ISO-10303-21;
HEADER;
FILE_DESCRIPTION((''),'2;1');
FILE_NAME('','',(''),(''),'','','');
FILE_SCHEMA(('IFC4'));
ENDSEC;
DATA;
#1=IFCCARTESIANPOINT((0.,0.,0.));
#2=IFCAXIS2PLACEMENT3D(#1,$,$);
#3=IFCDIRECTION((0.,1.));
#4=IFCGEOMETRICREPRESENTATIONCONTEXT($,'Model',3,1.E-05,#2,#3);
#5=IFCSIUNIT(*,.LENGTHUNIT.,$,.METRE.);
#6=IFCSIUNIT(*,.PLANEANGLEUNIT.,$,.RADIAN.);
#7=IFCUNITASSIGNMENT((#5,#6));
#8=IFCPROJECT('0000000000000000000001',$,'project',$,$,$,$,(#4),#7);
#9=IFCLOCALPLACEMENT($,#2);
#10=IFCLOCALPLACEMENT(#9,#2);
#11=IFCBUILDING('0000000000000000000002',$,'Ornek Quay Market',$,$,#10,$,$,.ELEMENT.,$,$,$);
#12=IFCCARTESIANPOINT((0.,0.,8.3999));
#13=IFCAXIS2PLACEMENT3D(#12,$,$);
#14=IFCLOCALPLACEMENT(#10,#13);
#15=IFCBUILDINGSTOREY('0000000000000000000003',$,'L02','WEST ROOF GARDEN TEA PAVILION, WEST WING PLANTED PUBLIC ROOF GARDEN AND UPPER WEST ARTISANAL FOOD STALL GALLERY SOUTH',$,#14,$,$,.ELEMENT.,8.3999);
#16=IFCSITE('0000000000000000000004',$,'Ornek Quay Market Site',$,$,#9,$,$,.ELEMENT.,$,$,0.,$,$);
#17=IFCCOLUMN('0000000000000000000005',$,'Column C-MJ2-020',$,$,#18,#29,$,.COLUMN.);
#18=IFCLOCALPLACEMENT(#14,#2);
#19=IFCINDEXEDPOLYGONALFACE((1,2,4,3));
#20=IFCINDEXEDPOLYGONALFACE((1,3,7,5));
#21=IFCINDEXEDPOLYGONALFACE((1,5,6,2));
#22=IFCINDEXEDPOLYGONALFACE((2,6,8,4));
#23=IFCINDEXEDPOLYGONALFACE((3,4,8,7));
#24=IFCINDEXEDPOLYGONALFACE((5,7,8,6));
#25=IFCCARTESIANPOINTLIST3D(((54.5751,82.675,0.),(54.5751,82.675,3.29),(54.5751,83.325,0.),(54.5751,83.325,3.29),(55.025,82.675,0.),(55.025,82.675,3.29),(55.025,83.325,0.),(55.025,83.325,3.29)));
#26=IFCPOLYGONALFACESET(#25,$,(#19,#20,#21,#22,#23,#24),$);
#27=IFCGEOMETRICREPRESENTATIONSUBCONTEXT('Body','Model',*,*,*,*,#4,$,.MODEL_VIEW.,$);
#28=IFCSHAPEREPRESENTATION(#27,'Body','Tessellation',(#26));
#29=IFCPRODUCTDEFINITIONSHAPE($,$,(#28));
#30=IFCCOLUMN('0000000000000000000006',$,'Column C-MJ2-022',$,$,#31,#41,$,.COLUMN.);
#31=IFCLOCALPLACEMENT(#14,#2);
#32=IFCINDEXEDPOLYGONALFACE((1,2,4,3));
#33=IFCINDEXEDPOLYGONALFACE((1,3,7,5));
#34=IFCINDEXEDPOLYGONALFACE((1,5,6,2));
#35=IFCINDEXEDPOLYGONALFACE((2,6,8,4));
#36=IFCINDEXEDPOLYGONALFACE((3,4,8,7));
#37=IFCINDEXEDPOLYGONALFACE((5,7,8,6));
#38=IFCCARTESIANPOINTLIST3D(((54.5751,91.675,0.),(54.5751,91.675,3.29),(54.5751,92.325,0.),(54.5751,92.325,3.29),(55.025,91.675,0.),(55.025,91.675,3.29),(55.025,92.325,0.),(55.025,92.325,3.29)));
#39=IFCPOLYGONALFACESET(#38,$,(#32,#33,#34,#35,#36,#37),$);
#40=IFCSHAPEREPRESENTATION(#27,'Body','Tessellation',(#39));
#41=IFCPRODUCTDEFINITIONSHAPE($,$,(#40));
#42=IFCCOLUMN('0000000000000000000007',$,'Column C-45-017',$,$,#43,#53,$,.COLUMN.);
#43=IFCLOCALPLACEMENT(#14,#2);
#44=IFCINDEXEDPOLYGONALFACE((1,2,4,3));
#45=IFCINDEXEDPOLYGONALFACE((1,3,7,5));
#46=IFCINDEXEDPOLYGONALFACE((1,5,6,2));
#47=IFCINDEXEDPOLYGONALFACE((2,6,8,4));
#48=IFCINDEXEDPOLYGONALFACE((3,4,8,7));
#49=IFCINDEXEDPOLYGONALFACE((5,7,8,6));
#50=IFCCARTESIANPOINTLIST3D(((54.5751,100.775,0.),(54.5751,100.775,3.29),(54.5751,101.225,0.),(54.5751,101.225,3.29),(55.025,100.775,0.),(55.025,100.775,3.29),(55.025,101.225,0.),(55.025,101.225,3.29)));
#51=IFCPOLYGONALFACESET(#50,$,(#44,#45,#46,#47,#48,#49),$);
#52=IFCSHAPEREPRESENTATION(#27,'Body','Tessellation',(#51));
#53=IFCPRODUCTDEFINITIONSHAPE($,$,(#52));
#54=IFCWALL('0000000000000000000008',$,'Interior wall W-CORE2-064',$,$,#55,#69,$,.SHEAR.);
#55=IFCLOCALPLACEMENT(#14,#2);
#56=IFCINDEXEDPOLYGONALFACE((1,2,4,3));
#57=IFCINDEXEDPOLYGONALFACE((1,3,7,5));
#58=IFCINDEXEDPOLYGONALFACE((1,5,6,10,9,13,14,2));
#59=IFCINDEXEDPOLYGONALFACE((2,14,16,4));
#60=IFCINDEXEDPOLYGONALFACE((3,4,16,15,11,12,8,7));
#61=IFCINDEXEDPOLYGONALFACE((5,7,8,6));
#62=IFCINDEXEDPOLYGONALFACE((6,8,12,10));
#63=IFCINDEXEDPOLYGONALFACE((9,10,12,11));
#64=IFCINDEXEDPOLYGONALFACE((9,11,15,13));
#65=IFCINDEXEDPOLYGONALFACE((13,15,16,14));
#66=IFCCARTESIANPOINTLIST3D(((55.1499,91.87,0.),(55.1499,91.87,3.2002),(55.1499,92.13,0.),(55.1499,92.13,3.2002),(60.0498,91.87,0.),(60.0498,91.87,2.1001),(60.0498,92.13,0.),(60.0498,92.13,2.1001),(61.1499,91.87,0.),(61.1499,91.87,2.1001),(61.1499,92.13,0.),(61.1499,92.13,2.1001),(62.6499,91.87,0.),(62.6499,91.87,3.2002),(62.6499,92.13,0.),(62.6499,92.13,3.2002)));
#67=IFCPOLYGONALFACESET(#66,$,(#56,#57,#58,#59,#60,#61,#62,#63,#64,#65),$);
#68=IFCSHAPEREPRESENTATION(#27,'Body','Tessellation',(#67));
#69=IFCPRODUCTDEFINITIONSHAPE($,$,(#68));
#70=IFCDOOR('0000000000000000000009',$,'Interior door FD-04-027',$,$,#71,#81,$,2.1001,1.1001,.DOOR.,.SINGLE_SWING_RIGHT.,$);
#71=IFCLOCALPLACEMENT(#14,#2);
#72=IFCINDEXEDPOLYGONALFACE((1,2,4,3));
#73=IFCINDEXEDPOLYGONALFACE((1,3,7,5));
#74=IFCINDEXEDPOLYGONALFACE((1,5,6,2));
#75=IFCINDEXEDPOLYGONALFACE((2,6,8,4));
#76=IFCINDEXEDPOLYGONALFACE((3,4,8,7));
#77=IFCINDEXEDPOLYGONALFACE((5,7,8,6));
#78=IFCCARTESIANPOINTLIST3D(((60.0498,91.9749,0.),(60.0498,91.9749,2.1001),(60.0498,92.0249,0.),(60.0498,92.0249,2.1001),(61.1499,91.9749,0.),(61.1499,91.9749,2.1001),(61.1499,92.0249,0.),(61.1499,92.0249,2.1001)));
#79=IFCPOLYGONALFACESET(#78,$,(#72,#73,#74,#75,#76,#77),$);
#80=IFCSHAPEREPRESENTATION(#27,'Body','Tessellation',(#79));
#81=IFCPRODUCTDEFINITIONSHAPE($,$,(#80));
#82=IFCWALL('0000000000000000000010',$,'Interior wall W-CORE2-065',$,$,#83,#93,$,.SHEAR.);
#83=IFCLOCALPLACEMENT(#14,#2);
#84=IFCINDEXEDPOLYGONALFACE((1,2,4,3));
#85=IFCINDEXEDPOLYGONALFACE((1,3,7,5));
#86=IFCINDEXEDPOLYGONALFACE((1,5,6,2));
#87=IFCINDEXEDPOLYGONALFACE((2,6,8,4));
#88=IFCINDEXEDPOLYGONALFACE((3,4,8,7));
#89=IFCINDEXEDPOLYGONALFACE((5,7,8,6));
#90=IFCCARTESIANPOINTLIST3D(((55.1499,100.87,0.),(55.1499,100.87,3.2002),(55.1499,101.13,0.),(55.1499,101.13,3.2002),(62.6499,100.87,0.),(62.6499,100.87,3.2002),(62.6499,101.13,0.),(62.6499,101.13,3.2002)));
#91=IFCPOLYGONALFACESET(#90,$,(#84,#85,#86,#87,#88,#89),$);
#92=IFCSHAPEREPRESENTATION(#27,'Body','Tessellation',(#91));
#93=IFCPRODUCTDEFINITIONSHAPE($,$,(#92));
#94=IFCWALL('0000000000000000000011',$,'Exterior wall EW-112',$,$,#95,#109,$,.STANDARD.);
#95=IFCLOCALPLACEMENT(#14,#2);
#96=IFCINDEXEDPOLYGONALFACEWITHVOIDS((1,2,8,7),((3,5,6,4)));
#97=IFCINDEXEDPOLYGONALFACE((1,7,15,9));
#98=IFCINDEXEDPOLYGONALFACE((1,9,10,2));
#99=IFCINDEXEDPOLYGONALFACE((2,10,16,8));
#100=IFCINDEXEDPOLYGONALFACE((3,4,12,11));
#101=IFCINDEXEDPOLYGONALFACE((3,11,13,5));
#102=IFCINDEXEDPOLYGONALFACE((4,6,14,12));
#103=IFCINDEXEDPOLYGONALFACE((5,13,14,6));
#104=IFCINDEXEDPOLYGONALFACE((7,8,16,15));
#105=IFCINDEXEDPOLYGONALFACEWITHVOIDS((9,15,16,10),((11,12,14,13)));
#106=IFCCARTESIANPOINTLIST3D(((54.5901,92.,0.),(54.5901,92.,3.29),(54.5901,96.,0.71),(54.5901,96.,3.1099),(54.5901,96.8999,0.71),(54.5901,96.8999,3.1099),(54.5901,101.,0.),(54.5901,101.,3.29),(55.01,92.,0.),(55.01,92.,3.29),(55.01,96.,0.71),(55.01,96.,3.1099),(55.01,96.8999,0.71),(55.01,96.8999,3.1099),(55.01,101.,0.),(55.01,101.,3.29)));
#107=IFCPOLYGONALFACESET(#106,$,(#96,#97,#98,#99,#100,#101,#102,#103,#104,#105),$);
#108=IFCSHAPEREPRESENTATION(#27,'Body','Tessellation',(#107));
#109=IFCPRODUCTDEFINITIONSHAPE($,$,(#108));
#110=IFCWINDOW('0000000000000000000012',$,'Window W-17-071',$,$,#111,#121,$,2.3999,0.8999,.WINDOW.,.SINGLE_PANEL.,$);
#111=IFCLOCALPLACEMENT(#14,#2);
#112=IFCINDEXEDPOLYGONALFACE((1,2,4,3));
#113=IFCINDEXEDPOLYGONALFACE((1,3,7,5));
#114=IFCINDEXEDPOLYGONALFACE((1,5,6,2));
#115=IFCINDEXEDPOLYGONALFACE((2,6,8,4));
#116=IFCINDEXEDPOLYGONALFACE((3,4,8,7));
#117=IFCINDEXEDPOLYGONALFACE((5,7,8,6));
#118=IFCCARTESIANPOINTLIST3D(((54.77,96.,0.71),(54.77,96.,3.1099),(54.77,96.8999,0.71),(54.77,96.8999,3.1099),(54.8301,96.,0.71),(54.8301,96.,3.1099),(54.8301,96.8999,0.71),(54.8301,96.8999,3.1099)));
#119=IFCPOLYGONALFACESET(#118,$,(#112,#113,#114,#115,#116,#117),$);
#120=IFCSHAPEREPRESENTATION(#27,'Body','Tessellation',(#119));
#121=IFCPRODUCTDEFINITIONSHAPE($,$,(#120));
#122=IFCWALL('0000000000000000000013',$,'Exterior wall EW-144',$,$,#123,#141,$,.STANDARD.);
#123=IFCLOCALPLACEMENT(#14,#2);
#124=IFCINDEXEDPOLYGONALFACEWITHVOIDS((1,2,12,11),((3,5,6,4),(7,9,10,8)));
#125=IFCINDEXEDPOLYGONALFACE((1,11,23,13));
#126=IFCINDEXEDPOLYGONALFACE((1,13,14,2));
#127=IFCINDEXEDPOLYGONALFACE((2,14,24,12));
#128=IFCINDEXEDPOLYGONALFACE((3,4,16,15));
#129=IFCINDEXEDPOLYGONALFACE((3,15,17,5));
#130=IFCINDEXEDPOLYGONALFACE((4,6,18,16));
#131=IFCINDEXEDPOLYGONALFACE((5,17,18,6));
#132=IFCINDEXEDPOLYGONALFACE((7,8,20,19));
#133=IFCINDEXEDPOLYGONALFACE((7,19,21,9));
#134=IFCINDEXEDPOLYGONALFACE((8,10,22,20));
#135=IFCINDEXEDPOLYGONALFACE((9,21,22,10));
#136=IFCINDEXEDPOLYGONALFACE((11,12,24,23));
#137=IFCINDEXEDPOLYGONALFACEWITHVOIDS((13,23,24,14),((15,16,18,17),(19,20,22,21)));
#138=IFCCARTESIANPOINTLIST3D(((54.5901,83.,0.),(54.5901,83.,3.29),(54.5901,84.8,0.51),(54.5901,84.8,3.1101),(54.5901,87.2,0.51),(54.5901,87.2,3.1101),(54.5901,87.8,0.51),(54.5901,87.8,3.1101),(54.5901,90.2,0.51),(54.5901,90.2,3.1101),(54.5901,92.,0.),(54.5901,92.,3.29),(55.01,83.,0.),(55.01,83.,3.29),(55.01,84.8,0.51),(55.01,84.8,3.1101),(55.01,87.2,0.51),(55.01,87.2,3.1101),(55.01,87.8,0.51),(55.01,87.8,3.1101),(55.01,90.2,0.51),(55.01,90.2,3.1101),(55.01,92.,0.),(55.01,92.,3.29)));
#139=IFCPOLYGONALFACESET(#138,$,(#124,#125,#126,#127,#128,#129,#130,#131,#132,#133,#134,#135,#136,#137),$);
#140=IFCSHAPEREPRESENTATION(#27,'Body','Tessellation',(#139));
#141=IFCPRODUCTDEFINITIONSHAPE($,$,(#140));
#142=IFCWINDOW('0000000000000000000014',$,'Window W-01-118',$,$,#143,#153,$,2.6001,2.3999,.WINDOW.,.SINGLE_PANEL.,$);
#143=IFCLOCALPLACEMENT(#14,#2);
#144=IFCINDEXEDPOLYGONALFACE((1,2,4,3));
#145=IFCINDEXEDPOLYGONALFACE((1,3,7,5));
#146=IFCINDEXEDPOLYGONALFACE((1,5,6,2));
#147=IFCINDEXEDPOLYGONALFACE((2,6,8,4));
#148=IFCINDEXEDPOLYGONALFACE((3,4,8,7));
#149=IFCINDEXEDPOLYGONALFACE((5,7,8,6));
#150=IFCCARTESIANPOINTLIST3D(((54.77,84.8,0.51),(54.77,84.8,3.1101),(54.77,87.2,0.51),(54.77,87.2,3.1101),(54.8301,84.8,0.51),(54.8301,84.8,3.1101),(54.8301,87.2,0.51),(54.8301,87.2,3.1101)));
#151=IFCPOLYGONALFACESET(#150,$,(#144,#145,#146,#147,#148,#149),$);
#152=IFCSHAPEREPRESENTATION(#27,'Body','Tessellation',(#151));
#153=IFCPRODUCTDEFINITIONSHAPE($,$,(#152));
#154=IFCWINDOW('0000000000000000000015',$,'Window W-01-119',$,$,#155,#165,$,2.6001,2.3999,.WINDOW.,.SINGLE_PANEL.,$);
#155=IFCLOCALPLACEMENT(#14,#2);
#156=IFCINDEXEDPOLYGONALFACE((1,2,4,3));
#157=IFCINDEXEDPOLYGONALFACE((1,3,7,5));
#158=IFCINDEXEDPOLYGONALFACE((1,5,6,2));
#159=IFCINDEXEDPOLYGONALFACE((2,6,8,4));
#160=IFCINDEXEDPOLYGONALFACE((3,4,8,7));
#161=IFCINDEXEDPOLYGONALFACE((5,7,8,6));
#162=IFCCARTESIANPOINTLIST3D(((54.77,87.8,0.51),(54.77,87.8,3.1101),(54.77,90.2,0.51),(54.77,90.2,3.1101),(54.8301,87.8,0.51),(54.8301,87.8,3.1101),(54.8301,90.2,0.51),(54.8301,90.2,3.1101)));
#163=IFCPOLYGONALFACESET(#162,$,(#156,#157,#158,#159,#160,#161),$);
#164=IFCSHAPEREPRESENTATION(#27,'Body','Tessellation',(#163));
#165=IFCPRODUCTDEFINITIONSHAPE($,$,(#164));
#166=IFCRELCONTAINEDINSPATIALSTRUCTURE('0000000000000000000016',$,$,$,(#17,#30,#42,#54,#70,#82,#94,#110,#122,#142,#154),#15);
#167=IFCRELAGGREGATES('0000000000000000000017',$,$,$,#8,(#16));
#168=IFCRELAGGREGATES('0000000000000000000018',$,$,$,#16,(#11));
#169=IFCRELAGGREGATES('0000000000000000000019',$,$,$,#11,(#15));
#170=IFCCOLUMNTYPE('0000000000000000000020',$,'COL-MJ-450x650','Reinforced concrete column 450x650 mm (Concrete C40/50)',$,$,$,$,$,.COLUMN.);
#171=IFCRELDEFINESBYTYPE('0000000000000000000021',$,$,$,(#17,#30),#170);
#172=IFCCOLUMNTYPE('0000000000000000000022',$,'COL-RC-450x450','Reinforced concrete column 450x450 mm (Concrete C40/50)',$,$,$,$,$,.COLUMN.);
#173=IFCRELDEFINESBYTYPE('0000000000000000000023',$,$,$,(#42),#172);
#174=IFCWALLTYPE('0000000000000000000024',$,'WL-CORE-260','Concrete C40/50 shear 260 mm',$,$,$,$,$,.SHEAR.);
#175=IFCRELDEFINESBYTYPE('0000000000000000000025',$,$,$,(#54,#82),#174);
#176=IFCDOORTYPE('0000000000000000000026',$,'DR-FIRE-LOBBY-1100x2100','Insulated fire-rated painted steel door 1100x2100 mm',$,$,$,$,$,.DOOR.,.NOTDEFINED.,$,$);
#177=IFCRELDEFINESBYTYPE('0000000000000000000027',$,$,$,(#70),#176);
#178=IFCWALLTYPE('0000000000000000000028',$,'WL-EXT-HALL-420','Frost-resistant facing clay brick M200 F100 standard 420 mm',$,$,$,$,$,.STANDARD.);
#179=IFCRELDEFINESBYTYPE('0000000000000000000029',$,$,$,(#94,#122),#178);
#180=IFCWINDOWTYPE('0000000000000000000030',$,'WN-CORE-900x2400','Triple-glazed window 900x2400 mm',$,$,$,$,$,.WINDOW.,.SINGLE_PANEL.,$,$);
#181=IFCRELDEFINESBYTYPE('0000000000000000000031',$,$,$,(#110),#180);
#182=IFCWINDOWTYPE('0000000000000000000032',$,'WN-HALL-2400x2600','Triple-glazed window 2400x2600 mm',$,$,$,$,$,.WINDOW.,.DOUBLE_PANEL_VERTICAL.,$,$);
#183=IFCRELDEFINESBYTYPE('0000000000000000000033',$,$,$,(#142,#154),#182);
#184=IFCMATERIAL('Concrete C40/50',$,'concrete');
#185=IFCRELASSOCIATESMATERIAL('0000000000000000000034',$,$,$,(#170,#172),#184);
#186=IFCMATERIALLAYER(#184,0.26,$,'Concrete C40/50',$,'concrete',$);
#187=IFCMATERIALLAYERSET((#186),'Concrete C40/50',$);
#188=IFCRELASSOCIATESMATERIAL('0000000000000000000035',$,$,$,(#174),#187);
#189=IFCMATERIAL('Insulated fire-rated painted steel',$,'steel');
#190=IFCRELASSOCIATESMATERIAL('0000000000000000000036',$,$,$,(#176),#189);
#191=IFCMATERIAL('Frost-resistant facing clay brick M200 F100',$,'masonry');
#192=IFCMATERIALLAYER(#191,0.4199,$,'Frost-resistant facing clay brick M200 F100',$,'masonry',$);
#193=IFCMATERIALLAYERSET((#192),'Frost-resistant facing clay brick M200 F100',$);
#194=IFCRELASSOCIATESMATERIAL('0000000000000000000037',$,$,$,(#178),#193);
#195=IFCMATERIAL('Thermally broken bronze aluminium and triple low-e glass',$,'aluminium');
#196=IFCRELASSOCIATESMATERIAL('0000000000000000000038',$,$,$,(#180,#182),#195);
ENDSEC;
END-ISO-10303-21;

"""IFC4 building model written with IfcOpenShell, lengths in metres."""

from ifc_helpers import new_model, si_unit, direction, frame, frame_2d, origin, origin_2d, place, context, subcontext, project, spatial, rectangle, extrude, material, layer, layer_set, material_profile, profile_set, type_object, element, fill, save


model = new_model("IFC4")

# Units and contexts
model_context = context("Model", 3, precision=1e-05, world=origin(), true_north=direction((0.0, 1.0)))
body_context = subcontext(model_context, "Body", "Model", "MODEL_VIEW")
ifc_project = project(units=[si_unit("LENGTHUNIT", "METRE"), si_unit("PLANEANGLEUNIT", "RADIAN")], contexts=[model_context])

# Site, building, storey
site_placement = place(None, origin())
site = spatial("IfcSite", under=ifc_project, at=site_placement, Name="Ornek Quay Market Site", CompositionType="ELEMENT", RefElevation=0.0)
building_placement = place(site_placement, origin())
building = spatial("IfcBuilding", under=site, at=building_placement, Name="Ornek Quay Market", CompositionType="ELEMENT")
storey_placement = place(building_placement, frame((0.0, 0.0, 8.3999)))
storey = spatial("IfcBuildingStorey", under=building, at=storey_placement, Name="L02", Description="WEST ROOF GARDEN TEA PAVILION, WEST WING PLANTED PUBLIC ROOF GARDEN AND UPPER WEST ARTISANAL FOOD STALL GALLERY SOUTH", CompositionType="ELEMENT", Elevation=8.3999)

# Columns
ifc_material_1 = material(Name="Concrete C40/50", Category="concrete")
ifc_material_profile_1 = material_profile(ifc_material_1, rectangle(XDim=0.45, YDim=0.6499, at=origin_2d()), Name="RC 450x650", Category="concrete")
ifc_profile_set_1 = profile_set([ifc_material_profile_1], Name="Concrete C40/50")
column_type_1 = type_object("IfcColumnType", Name="COL-MJ-450x650", Description="Reinforced concrete column 450x650 mm (Concrete C40/50)", PredefinedType="COLUMN", material=ifc_profile_set_1)
for number, where, z_axis, x_axis, name in (
    (1, (54.8, 83.0, 0.0), (0.0, 0.0, 1.0), (1.0, 0.0, 0.0), "Column C-MJ2-020"),
    (2, (54.8, 92.0, 0.0), (0.0, 0.0, 1.0), (1.0, 0.0, 0.0), "Column C-MJ2-022"),
):
    element("IfcColumn", number, at=place(storey_placement, frame(where, z_axis=z_axis, x_axis=x_axis)), inside=storey, type_object=column_type_1, Name=name, PredefinedType="COLUMN", context=body_context, shape_type="SweptSolid", body=[
        extrude(rectangle(XDim=0.45, YDim=0.6499, at=origin_2d()), origin(), (0.0, 0.0, 1.0), 3.29),
    ])
ifc_material_profile_2 = material_profile(ifc_material_1, rectangle(XDim=0.45, YDim=0.45, at=origin_2d()), Name="RC 450x450", Category="concrete")
ifc_profile_set_2 = profile_set([ifc_material_profile_2], Name="Concrete C40/50")
column_type_2 = type_object("IfcColumnType", Name="COL-RC-450x450", Description="Reinforced concrete column 450x450 mm (Concrete C40/50)", PredefinedType="COLUMN", material=ifc_profile_set_2)
column_placement = place(storey_placement, frame((54.8, 101.0, 0.0), z_axis=(0.0, 0.0, 1.0), x_axis=(1.0, 0.0, 0.0)))
element("IfcColumn", 3, at=column_placement, inside=storey, type_object=column_type_2, Name="Column C-45-017", PredefinedType="COLUMN", context=body_context, shape_type="SweptSolid", body=[
    extrude(rectangle(XDim=0.45, YDim=0.45, at=origin_2d()), origin(), (0.0, 0.0, 1.0), 3.29),
])

# Wall, opening, door
ifc_layer_1 = layer(ifc_material_1, 0.26, Name="Concrete C40/50", Category="concrete")
ifc_layer_set_1 = layer_set([ifc_layer_1], Name="Concrete C40/50")
wall_type_1 = type_object("IfcWallType", Name="WL-CORE-260", Description="Concrete C40/50 shear 260 mm", PredefinedType="SHEAR", material=ifc_layer_set_1)
ifc_material_2 = material(Name="Insulated fire-rated painted steel", Category="steel")
wall_1_placement = place(storey_placement, frame((55.1499, 92.0, 0.0), z_axis=(0.0, 0.0, 1.0), x_axis=(1.0, 0.0, 0.0)))
wall_1 = element("IfcWall", 4, at=wall_1_placement, inside=storey, type_object=wall_type_1, Name="Interior wall W-CORE2-064", PredefinedType="SHEAR", context=body_context, shape_type="SweptSolid", body=[
    extrude(rectangle(XDim=7.5, YDim=0.26, at=frame_2d((3.75, 0.0))), origin(), (0.0, 0.0, 1.0), 3.2002),
])
opening_1_placement = place(wall_1_placement, frame((4.8999, 0.0, 0.0)))
opening_1 = element("IfcOpeningElement", 5, at=opening_1_placement, cuts=wall_1, PredefinedType="OPENING", context=body_context, shape_type="SweptSolid", body=[
    extrude(rectangle(XDim=1.1001, YDim=2.1001, at=frame_2d((0.55, 1.05))), frame((0.0, 0.1399, 0.0), z_axis=(0.0, -1.0, 0.0), x_axis=(1.0, 0.0, 0.0)), (0.0, 0.0, 1.0), 0.28),
])
door_type_1 = type_object("IfcDoorType", Name="DR-FIRE-LOBBY-1100x2100", Description="Insulated fire-rated painted steel door 1100x2100 mm", OperationType="NOTDEFINED", PredefinedType="DOOR", material=ifc_material_2)
door_1_placement = place(opening_1_placement, origin())
door_1 = element("IfcDoor", 6, at=door_1_placement, inside=storey, type_object=door_type_1, Name="Interior door FD-04-027", OperationType="SINGLE_SWING_RIGHT", OverallHeight=2.1001, OverallWidth=1.1001, PredefinedType="DOOR", context=body_context, shape_type="SweptSolid", body=[
    extrude(rectangle(XDim=1.1001, YDim=2.1001, at=frame_2d((0.55, 1.05))), frame((0.0, 0.0249, 0.0), z_axis=(0.0, -1.0, 0.0), x_axis=(1.0, 0.0, 0.0)), (0.0, 0.0, 1.0), 0.05),
])
fill(opening_1, door_1)

# Wall
wall_2_placement = place(storey_placement, frame((55.1499, 101.0, 0.0), z_axis=(0.0, 0.0, 1.0), x_axis=(1.0, 0.0, 0.0)))
element("IfcWall", 7, at=wall_2_placement, inside=storey, type_object=wall_type_1, Name="Interior wall W-CORE2-065", PredefinedType="SHEAR", context=body_context, shape_type="SweptSolid", body=[
    extrude(rectangle(XDim=7.5, YDim=0.26, at=frame_2d((3.75, 0.0))), origin(), (0.0, 0.0, 1.0), 3.2002),
])

# Wall, opening, window
ifc_material_3 = material(Name="Frost-resistant facing clay brick M200 F100", Category="masonry")
ifc_layer_2 = layer(ifc_material_3, 0.4199, Name="Frost-resistant facing clay brick M200 F100", Category="masonry")
ifc_layer_set_2 = layer_set([ifc_layer_2], Name="Frost-resistant facing clay brick M200 F100")
wall_type_2 = type_object("IfcWallType", Name="WL-EXT-HALL-420", Description="Frost-resistant facing clay brick M200 F100 standard 420 mm", PredefinedType="STANDARD", material=ifc_layer_set_2)
wall_3_placement = place(storey_placement, frame((54.8, 92.0, 0.0), z_axis=(0.0, 0.0, 1.0), x_axis=(0.0, 1.0, 0.0)))
wall_3 = element("IfcWall", 8, at=wall_3_placement, inside=storey, type_object=wall_type_2, Name="Exterior wall EW-112", PredefinedType="STANDARD", context=body_context, shape_type="SweptSolid", body=[
    extrude(rectangle(XDim=9.0, YDim=0.4199, at=frame_2d((4.5, 0.0))), origin(), (0.0, 0.0, 1.0), 3.29),
])
opening_2_placement = place(wall_3_placement, frame((4.0, 0.0, 0.71)))
opening_2 = element("IfcOpeningElement", 9, at=opening_2_placement, cuts=wall_3, PredefinedType="OPENING", context=body_context, shape_type="SweptSolid", body=[
    extrude(rectangle(XDim=0.8999, YDim=2.3999, at=frame_2d((0.45, 1.2))), frame((0.0, 0.22, 0.0), z_axis=(0.0, -1.0, 0.0), x_axis=(1.0, 0.0, 0.0)), (0.0, 0.0, 1.0), 0.4399),
])
ifc_material_4 = material(Name="Thermally broken bronze aluminium and triple low-e glass", Category="aluminium")
window_type_1 = type_object("IfcWindowType", Name="WN-CORE-900x2400", Description="Triple-glazed window 900x2400 mm", PartitioningType="SINGLE_PANEL", PredefinedType="WINDOW", material=ifc_material_4)
window_1_placement = place(opening_2_placement, origin())
window_1 = element("IfcWindow", 10, at=window_1_placement, inside=storey, type_object=window_type_1, Name="Window W-17-071", OverallHeight=2.3999, OverallWidth=0.8999, PartitioningType="SINGLE_PANEL", PredefinedType="WINDOW", context=body_context, shape_type="SweptSolid", body=[
    extrude(rectangle(XDim=0.8999, YDim=2.3999, at=frame_2d((0.45, 1.2))), frame((0.0, 0.03, 0.0), z_axis=(0.0, -1.0, 0.0), x_axis=(1.0, 0.0, 0.0)), (0.0, 0.0, 1.0), 0.0601),
])
fill(opening_2, window_1)

# Wall, openings, windows
wall_4_placement = place(storey_placement, frame((54.8, 83.0, 0.0), z_axis=(0.0, 0.0, 1.0), x_axis=(0.0, 1.0, 0.0)))
wall_4 = element("IfcWall", 11, at=wall_4_placement, inside=storey, type_object=wall_type_2, Name="Exterior wall EW-144", PredefinedType="STANDARD", context=body_context, shape_type="SweptSolid", body=[
    extrude(rectangle(XDim=9.0, YDim=0.4199, at=frame_2d((4.5, 0.0))), origin(), (0.0, 0.0, 1.0), 3.29),
])
opening_3_placement = place(wall_4_placement, frame((1.8, 0.0, 0.51)))
opening_3 = element("IfcOpeningElement", 12, at=opening_3_placement, cuts=wall_4, PredefinedType="OPENING", context=body_context, shape_type="SweptSolid", body=[
    extrude(rectangle(XDim=2.3999, YDim=2.6001, at=frame_2d((1.2, 1.3))), frame((0.0, 0.22, 0.0), z_axis=(0.0, -1.0, 0.0), x_axis=(1.0, 0.0, 0.0)), (0.0, 0.0, 1.0), 0.4399),
])
opening_4_placement = place(wall_4_placement, frame((4.8, 0.0, 0.51)))
opening_4 = element("IfcOpeningElement", 13, at=opening_4_placement, cuts=wall_4, PredefinedType="OPENING", context=body_context, shape_type="SweptSolid", body=[
    extrude(rectangle(XDim=2.3999, YDim=2.6001, at=frame_2d((1.2, 1.3))), frame((0.0, 0.22, 0.0), z_axis=(0.0, -1.0, 0.0), x_axis=(1.0, 0.0, 0.0)), (0.0, 0.0, 1.0), 0.4399),
])
window_type_2 = type_object("IfcWindowType", Name="WN-HALL-2400x2600", Description="Triple-glazed window 2400x2600 mm", PartitioningType="DOUBLE_PANEL_VERTICAL", PredefinedType="WINDOW", material=ifc_material_4)
window_2_placement = place(opening_3_placement, origin())
window_2 = element("IfcWindow", 14, at=window_2_placement, inside=storey, type_object=window_type_2, Name="Window W-01-118", OverallHeight=2.6001, OverallWidth=2.3999, PartitioningType="SINGLE_PANEL", PredefinedType="WINDOW", context=body_context, shape_type="SweptSolid", body=[
    extrude(rectangle(XDim=2.3999, YDim=2.6001, at=frame_2d((1.2, 1.3))), frame((0.0, 0.03, 0.0), z_axis=(0.0, -1.0, 0.0), x_axis=(1.0, 0.0, 0.0)), (0.0, 0.0, 1.0), 0.0601),
])
fill(opening_3, window_2)
window_3_placement = place(opening_4_placement, origin())
window_3 = element("IfcWindow", 15, at=window_3_placement, inside=storey, type_object=window_type_2, Name="Window W-01-119", OverallHeight=2.6001, OverallWidth=2.3999, PartitioningType="SINGLE_PANEL", PredefinedType="WINDOW", context=body_context, shape_type="SweptSolid", body=[
    extrude(rectangle(XDim=2.3999, YDim=2.6001, at=frame_2d((1.2, 1.3))), frame((0.0, 0.03, 0.0), z_axis=(0.0, -1.0, 0.0), x_axis=(1.0, 0.0, 0.0)), (0.0, 0.0, 1.0), 0.0601),
])
fill(opening_4, window_3)

save(model, "model.ifc")
